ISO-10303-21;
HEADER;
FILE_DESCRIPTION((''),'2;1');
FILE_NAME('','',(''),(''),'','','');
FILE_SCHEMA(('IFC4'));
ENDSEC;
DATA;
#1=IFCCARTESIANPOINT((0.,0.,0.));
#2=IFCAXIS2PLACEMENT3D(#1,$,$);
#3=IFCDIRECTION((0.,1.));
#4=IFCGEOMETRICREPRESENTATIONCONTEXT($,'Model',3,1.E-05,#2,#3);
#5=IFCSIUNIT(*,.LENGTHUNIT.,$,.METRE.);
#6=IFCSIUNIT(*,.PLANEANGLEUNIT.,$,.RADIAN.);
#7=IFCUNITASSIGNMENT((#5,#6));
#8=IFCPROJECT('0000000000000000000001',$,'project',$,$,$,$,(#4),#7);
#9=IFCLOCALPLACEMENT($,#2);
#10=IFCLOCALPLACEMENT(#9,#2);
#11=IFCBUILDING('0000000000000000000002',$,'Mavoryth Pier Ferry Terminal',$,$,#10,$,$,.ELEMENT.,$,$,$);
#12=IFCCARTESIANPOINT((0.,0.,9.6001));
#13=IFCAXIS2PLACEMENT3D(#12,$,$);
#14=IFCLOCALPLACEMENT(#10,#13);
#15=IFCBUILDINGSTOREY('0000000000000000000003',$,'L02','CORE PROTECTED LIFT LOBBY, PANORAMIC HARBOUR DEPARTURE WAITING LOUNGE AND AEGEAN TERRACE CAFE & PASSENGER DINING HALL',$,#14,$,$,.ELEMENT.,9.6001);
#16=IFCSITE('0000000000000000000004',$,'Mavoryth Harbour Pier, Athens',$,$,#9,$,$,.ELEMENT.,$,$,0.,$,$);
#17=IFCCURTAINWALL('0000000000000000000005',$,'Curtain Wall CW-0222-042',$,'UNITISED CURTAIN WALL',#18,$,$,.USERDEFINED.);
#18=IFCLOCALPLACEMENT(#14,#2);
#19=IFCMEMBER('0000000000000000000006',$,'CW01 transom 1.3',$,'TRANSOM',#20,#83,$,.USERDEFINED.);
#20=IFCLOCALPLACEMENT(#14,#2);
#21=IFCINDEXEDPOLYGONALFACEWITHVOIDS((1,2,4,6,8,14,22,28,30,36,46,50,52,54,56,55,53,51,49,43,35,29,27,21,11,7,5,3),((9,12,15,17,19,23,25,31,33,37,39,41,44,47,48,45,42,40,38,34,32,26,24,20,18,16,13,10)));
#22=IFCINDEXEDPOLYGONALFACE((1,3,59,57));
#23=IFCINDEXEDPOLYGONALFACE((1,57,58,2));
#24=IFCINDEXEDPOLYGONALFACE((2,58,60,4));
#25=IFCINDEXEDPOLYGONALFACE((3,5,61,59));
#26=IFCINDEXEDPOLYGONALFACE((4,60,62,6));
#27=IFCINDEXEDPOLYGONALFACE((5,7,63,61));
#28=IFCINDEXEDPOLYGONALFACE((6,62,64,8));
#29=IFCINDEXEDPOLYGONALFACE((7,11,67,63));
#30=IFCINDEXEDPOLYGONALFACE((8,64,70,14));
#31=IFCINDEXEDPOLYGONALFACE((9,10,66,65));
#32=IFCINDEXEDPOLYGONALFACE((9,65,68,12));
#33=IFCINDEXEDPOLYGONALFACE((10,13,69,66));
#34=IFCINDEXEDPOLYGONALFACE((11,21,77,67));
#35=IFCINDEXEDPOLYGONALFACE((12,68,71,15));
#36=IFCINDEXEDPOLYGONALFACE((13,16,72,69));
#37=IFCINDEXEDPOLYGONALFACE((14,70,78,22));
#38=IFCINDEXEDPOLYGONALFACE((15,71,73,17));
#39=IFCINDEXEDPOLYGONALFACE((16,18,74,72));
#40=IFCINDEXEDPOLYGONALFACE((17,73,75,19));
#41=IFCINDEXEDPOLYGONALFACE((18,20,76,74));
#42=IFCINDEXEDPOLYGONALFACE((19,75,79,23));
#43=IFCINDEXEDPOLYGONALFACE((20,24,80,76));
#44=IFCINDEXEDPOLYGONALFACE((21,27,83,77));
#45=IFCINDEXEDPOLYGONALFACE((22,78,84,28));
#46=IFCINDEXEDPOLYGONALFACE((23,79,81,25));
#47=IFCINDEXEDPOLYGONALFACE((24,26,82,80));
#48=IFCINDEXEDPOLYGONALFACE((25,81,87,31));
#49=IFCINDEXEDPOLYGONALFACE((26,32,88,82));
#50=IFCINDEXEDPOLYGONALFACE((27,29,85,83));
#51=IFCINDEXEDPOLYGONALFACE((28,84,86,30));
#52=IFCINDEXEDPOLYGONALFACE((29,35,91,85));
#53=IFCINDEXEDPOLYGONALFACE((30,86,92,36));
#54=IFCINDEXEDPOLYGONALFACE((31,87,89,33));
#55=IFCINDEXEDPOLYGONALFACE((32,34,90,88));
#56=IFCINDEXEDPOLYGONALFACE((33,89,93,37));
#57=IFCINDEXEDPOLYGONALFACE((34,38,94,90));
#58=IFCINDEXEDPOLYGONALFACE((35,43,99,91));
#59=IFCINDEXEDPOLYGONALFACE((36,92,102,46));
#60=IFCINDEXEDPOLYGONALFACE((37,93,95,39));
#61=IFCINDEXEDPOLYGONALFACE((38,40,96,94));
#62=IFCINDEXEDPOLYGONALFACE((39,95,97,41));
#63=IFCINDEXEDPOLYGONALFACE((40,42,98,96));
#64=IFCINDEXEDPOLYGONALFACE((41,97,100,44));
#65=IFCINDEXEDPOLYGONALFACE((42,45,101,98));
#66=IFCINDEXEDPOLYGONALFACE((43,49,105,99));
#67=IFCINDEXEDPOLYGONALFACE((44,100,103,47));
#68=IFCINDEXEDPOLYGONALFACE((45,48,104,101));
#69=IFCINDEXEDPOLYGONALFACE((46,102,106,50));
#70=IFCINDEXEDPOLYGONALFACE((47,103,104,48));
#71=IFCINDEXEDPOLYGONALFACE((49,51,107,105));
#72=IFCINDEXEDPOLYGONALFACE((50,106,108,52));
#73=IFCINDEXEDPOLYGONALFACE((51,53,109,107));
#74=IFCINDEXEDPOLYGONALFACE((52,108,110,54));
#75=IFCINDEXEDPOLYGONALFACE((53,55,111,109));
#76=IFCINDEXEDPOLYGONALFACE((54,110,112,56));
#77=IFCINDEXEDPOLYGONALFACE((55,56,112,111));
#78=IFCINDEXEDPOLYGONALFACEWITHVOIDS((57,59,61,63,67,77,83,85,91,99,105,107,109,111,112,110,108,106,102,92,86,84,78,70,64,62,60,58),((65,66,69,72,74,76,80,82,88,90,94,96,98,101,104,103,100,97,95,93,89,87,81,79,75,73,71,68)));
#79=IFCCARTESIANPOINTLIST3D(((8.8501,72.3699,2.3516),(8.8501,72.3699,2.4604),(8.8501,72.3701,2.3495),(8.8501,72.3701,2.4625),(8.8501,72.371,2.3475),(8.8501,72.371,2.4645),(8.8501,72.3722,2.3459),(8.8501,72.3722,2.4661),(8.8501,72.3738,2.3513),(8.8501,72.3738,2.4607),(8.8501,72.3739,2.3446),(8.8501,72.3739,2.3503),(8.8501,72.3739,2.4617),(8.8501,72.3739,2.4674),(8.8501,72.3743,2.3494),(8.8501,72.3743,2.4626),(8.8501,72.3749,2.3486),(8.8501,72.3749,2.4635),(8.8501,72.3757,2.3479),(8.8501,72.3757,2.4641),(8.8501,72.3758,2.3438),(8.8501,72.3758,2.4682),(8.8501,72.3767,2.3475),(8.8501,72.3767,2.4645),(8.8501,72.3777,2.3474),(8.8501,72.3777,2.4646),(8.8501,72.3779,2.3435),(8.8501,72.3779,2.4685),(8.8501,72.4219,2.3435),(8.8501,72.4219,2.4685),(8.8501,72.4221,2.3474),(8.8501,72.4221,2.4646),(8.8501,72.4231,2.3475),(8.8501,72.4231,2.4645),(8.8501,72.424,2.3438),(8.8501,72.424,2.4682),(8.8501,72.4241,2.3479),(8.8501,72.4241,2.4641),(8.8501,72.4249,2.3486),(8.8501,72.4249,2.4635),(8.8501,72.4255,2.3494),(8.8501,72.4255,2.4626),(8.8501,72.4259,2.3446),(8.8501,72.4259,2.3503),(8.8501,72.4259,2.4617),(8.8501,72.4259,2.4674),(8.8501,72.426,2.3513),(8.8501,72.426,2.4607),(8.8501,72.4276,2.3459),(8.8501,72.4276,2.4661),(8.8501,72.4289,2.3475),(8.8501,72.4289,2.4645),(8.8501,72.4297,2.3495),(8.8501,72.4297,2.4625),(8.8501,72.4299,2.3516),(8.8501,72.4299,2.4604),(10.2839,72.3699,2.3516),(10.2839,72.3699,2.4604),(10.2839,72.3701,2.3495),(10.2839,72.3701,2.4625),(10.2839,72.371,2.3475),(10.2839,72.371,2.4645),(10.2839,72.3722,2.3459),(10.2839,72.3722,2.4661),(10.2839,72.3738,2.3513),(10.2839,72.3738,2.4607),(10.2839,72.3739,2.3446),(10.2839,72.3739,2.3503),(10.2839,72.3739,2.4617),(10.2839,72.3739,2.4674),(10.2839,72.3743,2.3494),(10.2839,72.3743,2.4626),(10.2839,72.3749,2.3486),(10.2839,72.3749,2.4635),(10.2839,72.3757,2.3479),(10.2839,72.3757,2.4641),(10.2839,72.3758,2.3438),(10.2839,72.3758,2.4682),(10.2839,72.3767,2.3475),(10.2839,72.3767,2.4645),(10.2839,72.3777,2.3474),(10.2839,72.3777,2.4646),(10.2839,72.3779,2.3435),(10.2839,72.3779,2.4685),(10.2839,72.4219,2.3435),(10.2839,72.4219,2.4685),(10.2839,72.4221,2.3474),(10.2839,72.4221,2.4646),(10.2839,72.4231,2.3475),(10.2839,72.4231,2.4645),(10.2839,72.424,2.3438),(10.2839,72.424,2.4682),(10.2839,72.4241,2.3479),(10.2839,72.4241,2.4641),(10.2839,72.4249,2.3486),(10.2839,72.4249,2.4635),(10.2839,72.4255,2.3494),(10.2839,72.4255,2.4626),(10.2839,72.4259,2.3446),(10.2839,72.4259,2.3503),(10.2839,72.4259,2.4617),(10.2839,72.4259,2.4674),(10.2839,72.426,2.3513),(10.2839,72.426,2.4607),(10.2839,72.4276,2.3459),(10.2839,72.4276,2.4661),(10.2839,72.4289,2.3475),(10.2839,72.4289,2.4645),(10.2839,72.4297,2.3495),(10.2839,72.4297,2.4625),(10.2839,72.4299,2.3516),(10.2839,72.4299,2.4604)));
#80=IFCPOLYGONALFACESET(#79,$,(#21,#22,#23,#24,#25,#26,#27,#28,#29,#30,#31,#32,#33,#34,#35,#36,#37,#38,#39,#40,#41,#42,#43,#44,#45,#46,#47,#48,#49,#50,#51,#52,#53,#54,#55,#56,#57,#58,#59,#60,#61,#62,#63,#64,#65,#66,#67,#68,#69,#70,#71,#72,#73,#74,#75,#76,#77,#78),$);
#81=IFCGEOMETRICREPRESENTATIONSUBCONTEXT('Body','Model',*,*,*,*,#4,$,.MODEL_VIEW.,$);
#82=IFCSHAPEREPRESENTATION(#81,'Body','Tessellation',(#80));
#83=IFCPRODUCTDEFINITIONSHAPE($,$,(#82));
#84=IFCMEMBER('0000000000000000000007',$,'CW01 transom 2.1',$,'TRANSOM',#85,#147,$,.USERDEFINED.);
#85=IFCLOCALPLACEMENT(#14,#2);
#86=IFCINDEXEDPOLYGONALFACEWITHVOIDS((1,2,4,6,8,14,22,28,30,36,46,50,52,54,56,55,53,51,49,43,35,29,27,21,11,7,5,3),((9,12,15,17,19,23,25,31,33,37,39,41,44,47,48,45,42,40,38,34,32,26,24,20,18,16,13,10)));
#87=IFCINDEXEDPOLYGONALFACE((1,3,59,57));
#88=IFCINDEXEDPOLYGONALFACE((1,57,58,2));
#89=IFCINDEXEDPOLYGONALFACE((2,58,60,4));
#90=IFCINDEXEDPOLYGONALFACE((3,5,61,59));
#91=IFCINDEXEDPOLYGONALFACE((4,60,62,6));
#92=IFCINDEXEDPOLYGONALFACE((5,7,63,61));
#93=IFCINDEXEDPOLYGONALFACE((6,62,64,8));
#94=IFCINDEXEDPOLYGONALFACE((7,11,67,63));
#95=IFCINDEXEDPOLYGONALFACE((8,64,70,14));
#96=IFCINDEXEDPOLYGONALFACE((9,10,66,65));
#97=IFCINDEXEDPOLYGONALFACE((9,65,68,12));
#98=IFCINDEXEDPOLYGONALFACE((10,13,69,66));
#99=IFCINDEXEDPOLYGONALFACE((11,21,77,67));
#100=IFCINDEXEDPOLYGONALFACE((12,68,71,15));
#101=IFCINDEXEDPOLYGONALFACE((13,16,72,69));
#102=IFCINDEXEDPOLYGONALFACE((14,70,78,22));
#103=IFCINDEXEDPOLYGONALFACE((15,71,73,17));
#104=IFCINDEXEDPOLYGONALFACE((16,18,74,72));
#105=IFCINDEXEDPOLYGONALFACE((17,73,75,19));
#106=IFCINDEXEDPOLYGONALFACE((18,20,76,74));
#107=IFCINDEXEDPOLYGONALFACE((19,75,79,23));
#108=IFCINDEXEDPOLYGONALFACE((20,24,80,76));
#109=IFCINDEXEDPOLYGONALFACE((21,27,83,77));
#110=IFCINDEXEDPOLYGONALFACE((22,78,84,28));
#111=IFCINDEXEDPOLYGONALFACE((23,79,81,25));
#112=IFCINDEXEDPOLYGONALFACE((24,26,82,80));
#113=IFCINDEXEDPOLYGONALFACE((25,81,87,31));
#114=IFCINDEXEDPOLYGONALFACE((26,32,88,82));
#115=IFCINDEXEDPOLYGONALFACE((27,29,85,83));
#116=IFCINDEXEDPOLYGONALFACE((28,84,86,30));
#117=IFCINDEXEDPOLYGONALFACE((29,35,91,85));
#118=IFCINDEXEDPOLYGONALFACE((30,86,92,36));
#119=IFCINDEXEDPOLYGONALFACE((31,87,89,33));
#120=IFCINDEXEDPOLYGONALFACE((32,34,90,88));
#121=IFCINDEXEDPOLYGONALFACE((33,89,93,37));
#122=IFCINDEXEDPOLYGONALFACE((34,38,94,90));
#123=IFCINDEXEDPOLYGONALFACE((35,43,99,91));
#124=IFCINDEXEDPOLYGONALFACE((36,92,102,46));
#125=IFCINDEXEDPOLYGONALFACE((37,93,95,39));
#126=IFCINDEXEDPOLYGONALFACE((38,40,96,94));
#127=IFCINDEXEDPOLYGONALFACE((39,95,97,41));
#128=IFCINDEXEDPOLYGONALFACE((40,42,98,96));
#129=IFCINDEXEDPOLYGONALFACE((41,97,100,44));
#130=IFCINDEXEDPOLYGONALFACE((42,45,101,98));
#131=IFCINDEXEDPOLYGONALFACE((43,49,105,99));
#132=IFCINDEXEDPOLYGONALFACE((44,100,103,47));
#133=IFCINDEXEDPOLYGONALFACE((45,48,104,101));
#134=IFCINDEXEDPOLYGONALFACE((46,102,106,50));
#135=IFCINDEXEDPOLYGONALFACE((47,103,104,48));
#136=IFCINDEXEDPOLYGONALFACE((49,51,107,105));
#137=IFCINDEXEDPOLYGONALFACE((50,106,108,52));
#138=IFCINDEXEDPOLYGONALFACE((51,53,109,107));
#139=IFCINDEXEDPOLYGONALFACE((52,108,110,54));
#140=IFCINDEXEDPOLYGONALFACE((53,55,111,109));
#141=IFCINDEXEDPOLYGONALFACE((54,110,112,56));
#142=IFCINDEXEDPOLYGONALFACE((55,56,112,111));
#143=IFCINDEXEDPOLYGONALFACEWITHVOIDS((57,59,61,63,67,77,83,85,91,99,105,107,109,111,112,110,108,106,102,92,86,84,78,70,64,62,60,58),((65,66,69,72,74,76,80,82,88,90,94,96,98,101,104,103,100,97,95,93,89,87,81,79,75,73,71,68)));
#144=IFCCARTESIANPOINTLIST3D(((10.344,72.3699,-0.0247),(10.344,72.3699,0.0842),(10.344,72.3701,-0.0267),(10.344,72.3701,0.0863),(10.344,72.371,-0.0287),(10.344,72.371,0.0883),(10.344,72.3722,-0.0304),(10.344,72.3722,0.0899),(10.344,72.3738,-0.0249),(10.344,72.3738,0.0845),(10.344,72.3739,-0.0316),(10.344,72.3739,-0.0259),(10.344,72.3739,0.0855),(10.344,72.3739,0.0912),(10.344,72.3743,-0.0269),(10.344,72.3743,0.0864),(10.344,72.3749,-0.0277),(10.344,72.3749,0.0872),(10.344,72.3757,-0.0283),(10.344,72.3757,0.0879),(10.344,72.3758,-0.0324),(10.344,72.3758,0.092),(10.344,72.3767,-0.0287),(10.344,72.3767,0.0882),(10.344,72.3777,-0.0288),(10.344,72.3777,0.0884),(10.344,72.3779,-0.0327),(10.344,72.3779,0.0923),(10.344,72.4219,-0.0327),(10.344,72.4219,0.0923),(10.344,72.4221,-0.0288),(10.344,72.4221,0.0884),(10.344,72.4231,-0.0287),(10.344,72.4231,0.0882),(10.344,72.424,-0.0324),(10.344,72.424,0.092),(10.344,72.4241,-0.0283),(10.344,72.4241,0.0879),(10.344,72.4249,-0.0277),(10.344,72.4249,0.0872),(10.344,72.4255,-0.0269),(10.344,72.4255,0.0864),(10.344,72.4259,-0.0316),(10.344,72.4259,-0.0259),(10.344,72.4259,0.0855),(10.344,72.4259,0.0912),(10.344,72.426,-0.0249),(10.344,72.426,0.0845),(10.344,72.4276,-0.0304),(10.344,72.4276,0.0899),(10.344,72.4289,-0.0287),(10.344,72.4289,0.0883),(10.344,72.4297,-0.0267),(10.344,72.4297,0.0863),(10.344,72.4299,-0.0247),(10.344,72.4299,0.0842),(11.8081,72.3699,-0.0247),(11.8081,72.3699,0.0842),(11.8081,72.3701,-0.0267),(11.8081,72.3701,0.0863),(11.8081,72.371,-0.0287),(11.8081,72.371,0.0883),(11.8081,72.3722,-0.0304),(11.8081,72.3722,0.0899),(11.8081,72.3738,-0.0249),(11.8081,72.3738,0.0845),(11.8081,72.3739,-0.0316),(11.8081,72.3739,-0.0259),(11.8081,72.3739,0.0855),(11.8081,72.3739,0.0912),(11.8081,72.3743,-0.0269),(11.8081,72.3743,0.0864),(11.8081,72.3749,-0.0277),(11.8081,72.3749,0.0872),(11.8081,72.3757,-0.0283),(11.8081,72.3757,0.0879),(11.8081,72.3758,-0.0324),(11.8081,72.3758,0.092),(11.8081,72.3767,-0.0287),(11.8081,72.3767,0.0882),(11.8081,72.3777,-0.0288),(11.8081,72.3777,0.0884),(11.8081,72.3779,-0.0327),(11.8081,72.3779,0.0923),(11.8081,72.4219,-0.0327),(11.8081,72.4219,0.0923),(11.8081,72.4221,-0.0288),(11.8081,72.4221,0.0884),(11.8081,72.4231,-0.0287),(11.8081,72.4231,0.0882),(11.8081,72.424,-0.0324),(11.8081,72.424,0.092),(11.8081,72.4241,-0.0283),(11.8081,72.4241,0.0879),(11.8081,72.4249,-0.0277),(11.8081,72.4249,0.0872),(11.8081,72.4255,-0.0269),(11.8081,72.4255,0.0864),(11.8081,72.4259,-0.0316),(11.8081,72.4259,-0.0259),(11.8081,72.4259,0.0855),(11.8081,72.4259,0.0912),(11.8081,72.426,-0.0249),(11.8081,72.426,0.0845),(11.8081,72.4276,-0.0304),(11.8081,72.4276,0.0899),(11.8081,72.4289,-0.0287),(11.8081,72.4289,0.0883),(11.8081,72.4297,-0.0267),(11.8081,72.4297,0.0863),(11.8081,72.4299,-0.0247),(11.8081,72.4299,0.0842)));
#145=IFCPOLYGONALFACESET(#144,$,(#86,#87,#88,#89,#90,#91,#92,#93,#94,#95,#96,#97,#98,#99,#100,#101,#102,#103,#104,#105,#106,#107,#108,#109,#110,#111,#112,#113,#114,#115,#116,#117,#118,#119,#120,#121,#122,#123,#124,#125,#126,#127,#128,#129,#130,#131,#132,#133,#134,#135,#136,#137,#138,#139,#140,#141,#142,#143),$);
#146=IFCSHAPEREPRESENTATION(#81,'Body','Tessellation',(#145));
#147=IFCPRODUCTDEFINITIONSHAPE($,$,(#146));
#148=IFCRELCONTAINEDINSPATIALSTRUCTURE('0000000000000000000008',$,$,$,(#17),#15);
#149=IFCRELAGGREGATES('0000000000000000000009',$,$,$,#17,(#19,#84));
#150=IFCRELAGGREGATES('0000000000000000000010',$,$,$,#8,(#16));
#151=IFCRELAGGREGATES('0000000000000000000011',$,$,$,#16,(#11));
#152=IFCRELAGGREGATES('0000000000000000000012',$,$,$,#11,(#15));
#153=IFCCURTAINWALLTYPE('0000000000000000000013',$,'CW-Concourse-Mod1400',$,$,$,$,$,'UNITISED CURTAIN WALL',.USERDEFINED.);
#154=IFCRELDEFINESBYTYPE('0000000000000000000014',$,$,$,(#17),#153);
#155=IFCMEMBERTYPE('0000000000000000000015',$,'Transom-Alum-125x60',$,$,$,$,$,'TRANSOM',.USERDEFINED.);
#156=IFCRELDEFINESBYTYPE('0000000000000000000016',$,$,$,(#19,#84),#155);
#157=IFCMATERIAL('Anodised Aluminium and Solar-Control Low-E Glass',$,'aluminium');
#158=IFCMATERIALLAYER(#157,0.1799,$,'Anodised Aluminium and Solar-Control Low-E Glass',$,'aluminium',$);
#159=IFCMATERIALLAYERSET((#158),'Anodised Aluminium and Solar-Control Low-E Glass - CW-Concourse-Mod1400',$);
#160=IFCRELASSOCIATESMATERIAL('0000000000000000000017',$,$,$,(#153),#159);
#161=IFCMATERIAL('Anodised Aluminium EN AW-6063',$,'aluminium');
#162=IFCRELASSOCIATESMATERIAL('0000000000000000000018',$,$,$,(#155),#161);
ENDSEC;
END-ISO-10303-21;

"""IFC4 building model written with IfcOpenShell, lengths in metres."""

from ifc_helpers import new_model, si_unit, direction, frame, origin, origin_2d, place, context, subcontext, project, spatial, hollow_rectangle, extrude, material, layer, layer_set, material_profile, profile_set, type_object, element, aggregate, save


model = new_model("IFC4")

# Units and contexts
model_context = context("Model", 3, precision=1e-05, world=origin(), true_north=direction((0.0, 1.0)))
body_context = subcontext(model_context, "Body", "Model", "MODEL_VIEW")
ifc_project = project(units=[si_unit("LENGTHUNIT", "METRE"), si_unit("PLANEANGLEUNIT", "RADIAN")], contexts=[model_context])

# Site, building, storey
site_placement = place(None, origin())
site = spatial("IfcSite", under=ifc_project, at=site_placement, Name="Mavoryth Harbour Pier, Athens", CompositionType="ELEMENT", RefElevation=0.0)
building_placement = place(site_placement, origin())
building = spatial("IfcBuilding", under=site, at=building_placement, Name="Mavoryth Pier Ferry Terminal", CompositionType="ELEMENT")
storey_placement = place(building_placement, frame((0.0, 0.0, 9.6001)))
storey = spatial("IfcBuildingStorey", under=building, at=storey_placement, Name="L02", Description="CORE PROTECTED LIFT LOBBY, PANORAMIC HARBOUR DEPARTURE WAITING LOUNGE AND AEGEAN TERRACE CAFE & PASSENGER DINING HALL", CompositionType="ELEMENT", Elevation=9.6001)

# Curtain wall
ifc_material_1 = material(Name="Anodised Aluminium and Solar-Control Low-E Glass", Category="aluminium")
ifc_layer_1 = layer(ifc_material_1, 0.1799, Name="Anodised Aluminium and Solar-Control Low-E Glass", Category="aluminium")
ifc_layer_set_1 = layer_set([ifc_layer_1], Name="Anodised Aluminium and Solar-Control Low-E Glass - CW-Concourse-Mod1400")
curtain_wall_type = type_object("IfcCurtainWallType", Name="CW-Concourse-Mod1400", ElementType="UNITISED CURTAIN WALL", PredefinedType="USERDEFINED", material=ifc_layer_set_1)
ifc_material_2 = material(Name="Anodised Aluminium EN AW-6063", Category="aluminium")
curtain_wall_1_placement = place(storey_placement, origin())
curtain_wall_1 = element("IfcCurtainWall", 1, at=curtain_wall_1_placement, inside=storey, type_object=curtain_wall_type, Name="Curtain Wall CW-0222-042", ObjectType="UNITISED CURTAIN WALL", PredefinedType="USERDEFINED")

# Members
ifc_material_profile_1 = material_profile(ifc_material_2, hollow_rectangle(XDim=0.0601, YDim=0.125, WallThickness=0.0039, InnerFilletRadius=0.0039, OuterFilletRadius=0.0081, at=origin_2d()), Name="AL-TRAN 125x60x4", Category="aluminium")
ifc_profile_set_1 = profile_set([ifc_material_profile_1], Name="Anodised Aluminium EN AW-6063 - AL-TRAN 125x60x4")
member_type_1 = type_object("IfcMemberType", Name="Transom-Alum-125x60", ElementType="TRANSOM", PredefinedType="USERDEFINED", material=ifc_profile_set_1)
member_1_placement = place(storey_placement, frame((8.8501, 72.3999, 2.406), z_axis=(1.0, 0.0, 0.0), x_axis=(0.0, 1.0, 0.0)))
member_1 = element("IfcMember", 2, at=member_1_placement, type_object=member_type_1, Name="CW01 transom 1.3", ObjectType="TRANSOM", PredefinedType="USERDEFINED", context=body_context, shape_type="SweptSolid", body=[
    extrude(hollow_rectangle(XDim=0.0601, YDim=0.125, WallThickness=0.0039, InnerFilletRadius=0.0039, OuterFilletRadius=0.0081, at=origin_2d()), origin(), (0.0, 0.0, 1.0), 1.4338),
])
member_2_placement = place(storey_placement, frame((10.344, 72.3999, 0.0298), z_axis=(1.0, 0.0, 0.0), x_axis=(0.0, 1.0, 0.0)))
member_2 = element("IfcMember", 3, at=member_2_placement, type_object=member_type_1, Name="CW01 transom 2.1", ObjectType="TRANSOM", PredefinedType="USERDEFINED", context=body_context, shape_type="SweptSolid", body=[
    extrude(hollow_rectangle(XDim=0.0601, YDim=0.125, WallThickness=0.0039, InnerFilletRadius=0.0039, OuterFilletRadius=0.0081, at=origin_2d()), origin(), (0.0, 0.0, 1.0), 1.4641),
])

aggregate(curtain_wall_1, [member_1, member_2])

save(model, "model.ifc")
